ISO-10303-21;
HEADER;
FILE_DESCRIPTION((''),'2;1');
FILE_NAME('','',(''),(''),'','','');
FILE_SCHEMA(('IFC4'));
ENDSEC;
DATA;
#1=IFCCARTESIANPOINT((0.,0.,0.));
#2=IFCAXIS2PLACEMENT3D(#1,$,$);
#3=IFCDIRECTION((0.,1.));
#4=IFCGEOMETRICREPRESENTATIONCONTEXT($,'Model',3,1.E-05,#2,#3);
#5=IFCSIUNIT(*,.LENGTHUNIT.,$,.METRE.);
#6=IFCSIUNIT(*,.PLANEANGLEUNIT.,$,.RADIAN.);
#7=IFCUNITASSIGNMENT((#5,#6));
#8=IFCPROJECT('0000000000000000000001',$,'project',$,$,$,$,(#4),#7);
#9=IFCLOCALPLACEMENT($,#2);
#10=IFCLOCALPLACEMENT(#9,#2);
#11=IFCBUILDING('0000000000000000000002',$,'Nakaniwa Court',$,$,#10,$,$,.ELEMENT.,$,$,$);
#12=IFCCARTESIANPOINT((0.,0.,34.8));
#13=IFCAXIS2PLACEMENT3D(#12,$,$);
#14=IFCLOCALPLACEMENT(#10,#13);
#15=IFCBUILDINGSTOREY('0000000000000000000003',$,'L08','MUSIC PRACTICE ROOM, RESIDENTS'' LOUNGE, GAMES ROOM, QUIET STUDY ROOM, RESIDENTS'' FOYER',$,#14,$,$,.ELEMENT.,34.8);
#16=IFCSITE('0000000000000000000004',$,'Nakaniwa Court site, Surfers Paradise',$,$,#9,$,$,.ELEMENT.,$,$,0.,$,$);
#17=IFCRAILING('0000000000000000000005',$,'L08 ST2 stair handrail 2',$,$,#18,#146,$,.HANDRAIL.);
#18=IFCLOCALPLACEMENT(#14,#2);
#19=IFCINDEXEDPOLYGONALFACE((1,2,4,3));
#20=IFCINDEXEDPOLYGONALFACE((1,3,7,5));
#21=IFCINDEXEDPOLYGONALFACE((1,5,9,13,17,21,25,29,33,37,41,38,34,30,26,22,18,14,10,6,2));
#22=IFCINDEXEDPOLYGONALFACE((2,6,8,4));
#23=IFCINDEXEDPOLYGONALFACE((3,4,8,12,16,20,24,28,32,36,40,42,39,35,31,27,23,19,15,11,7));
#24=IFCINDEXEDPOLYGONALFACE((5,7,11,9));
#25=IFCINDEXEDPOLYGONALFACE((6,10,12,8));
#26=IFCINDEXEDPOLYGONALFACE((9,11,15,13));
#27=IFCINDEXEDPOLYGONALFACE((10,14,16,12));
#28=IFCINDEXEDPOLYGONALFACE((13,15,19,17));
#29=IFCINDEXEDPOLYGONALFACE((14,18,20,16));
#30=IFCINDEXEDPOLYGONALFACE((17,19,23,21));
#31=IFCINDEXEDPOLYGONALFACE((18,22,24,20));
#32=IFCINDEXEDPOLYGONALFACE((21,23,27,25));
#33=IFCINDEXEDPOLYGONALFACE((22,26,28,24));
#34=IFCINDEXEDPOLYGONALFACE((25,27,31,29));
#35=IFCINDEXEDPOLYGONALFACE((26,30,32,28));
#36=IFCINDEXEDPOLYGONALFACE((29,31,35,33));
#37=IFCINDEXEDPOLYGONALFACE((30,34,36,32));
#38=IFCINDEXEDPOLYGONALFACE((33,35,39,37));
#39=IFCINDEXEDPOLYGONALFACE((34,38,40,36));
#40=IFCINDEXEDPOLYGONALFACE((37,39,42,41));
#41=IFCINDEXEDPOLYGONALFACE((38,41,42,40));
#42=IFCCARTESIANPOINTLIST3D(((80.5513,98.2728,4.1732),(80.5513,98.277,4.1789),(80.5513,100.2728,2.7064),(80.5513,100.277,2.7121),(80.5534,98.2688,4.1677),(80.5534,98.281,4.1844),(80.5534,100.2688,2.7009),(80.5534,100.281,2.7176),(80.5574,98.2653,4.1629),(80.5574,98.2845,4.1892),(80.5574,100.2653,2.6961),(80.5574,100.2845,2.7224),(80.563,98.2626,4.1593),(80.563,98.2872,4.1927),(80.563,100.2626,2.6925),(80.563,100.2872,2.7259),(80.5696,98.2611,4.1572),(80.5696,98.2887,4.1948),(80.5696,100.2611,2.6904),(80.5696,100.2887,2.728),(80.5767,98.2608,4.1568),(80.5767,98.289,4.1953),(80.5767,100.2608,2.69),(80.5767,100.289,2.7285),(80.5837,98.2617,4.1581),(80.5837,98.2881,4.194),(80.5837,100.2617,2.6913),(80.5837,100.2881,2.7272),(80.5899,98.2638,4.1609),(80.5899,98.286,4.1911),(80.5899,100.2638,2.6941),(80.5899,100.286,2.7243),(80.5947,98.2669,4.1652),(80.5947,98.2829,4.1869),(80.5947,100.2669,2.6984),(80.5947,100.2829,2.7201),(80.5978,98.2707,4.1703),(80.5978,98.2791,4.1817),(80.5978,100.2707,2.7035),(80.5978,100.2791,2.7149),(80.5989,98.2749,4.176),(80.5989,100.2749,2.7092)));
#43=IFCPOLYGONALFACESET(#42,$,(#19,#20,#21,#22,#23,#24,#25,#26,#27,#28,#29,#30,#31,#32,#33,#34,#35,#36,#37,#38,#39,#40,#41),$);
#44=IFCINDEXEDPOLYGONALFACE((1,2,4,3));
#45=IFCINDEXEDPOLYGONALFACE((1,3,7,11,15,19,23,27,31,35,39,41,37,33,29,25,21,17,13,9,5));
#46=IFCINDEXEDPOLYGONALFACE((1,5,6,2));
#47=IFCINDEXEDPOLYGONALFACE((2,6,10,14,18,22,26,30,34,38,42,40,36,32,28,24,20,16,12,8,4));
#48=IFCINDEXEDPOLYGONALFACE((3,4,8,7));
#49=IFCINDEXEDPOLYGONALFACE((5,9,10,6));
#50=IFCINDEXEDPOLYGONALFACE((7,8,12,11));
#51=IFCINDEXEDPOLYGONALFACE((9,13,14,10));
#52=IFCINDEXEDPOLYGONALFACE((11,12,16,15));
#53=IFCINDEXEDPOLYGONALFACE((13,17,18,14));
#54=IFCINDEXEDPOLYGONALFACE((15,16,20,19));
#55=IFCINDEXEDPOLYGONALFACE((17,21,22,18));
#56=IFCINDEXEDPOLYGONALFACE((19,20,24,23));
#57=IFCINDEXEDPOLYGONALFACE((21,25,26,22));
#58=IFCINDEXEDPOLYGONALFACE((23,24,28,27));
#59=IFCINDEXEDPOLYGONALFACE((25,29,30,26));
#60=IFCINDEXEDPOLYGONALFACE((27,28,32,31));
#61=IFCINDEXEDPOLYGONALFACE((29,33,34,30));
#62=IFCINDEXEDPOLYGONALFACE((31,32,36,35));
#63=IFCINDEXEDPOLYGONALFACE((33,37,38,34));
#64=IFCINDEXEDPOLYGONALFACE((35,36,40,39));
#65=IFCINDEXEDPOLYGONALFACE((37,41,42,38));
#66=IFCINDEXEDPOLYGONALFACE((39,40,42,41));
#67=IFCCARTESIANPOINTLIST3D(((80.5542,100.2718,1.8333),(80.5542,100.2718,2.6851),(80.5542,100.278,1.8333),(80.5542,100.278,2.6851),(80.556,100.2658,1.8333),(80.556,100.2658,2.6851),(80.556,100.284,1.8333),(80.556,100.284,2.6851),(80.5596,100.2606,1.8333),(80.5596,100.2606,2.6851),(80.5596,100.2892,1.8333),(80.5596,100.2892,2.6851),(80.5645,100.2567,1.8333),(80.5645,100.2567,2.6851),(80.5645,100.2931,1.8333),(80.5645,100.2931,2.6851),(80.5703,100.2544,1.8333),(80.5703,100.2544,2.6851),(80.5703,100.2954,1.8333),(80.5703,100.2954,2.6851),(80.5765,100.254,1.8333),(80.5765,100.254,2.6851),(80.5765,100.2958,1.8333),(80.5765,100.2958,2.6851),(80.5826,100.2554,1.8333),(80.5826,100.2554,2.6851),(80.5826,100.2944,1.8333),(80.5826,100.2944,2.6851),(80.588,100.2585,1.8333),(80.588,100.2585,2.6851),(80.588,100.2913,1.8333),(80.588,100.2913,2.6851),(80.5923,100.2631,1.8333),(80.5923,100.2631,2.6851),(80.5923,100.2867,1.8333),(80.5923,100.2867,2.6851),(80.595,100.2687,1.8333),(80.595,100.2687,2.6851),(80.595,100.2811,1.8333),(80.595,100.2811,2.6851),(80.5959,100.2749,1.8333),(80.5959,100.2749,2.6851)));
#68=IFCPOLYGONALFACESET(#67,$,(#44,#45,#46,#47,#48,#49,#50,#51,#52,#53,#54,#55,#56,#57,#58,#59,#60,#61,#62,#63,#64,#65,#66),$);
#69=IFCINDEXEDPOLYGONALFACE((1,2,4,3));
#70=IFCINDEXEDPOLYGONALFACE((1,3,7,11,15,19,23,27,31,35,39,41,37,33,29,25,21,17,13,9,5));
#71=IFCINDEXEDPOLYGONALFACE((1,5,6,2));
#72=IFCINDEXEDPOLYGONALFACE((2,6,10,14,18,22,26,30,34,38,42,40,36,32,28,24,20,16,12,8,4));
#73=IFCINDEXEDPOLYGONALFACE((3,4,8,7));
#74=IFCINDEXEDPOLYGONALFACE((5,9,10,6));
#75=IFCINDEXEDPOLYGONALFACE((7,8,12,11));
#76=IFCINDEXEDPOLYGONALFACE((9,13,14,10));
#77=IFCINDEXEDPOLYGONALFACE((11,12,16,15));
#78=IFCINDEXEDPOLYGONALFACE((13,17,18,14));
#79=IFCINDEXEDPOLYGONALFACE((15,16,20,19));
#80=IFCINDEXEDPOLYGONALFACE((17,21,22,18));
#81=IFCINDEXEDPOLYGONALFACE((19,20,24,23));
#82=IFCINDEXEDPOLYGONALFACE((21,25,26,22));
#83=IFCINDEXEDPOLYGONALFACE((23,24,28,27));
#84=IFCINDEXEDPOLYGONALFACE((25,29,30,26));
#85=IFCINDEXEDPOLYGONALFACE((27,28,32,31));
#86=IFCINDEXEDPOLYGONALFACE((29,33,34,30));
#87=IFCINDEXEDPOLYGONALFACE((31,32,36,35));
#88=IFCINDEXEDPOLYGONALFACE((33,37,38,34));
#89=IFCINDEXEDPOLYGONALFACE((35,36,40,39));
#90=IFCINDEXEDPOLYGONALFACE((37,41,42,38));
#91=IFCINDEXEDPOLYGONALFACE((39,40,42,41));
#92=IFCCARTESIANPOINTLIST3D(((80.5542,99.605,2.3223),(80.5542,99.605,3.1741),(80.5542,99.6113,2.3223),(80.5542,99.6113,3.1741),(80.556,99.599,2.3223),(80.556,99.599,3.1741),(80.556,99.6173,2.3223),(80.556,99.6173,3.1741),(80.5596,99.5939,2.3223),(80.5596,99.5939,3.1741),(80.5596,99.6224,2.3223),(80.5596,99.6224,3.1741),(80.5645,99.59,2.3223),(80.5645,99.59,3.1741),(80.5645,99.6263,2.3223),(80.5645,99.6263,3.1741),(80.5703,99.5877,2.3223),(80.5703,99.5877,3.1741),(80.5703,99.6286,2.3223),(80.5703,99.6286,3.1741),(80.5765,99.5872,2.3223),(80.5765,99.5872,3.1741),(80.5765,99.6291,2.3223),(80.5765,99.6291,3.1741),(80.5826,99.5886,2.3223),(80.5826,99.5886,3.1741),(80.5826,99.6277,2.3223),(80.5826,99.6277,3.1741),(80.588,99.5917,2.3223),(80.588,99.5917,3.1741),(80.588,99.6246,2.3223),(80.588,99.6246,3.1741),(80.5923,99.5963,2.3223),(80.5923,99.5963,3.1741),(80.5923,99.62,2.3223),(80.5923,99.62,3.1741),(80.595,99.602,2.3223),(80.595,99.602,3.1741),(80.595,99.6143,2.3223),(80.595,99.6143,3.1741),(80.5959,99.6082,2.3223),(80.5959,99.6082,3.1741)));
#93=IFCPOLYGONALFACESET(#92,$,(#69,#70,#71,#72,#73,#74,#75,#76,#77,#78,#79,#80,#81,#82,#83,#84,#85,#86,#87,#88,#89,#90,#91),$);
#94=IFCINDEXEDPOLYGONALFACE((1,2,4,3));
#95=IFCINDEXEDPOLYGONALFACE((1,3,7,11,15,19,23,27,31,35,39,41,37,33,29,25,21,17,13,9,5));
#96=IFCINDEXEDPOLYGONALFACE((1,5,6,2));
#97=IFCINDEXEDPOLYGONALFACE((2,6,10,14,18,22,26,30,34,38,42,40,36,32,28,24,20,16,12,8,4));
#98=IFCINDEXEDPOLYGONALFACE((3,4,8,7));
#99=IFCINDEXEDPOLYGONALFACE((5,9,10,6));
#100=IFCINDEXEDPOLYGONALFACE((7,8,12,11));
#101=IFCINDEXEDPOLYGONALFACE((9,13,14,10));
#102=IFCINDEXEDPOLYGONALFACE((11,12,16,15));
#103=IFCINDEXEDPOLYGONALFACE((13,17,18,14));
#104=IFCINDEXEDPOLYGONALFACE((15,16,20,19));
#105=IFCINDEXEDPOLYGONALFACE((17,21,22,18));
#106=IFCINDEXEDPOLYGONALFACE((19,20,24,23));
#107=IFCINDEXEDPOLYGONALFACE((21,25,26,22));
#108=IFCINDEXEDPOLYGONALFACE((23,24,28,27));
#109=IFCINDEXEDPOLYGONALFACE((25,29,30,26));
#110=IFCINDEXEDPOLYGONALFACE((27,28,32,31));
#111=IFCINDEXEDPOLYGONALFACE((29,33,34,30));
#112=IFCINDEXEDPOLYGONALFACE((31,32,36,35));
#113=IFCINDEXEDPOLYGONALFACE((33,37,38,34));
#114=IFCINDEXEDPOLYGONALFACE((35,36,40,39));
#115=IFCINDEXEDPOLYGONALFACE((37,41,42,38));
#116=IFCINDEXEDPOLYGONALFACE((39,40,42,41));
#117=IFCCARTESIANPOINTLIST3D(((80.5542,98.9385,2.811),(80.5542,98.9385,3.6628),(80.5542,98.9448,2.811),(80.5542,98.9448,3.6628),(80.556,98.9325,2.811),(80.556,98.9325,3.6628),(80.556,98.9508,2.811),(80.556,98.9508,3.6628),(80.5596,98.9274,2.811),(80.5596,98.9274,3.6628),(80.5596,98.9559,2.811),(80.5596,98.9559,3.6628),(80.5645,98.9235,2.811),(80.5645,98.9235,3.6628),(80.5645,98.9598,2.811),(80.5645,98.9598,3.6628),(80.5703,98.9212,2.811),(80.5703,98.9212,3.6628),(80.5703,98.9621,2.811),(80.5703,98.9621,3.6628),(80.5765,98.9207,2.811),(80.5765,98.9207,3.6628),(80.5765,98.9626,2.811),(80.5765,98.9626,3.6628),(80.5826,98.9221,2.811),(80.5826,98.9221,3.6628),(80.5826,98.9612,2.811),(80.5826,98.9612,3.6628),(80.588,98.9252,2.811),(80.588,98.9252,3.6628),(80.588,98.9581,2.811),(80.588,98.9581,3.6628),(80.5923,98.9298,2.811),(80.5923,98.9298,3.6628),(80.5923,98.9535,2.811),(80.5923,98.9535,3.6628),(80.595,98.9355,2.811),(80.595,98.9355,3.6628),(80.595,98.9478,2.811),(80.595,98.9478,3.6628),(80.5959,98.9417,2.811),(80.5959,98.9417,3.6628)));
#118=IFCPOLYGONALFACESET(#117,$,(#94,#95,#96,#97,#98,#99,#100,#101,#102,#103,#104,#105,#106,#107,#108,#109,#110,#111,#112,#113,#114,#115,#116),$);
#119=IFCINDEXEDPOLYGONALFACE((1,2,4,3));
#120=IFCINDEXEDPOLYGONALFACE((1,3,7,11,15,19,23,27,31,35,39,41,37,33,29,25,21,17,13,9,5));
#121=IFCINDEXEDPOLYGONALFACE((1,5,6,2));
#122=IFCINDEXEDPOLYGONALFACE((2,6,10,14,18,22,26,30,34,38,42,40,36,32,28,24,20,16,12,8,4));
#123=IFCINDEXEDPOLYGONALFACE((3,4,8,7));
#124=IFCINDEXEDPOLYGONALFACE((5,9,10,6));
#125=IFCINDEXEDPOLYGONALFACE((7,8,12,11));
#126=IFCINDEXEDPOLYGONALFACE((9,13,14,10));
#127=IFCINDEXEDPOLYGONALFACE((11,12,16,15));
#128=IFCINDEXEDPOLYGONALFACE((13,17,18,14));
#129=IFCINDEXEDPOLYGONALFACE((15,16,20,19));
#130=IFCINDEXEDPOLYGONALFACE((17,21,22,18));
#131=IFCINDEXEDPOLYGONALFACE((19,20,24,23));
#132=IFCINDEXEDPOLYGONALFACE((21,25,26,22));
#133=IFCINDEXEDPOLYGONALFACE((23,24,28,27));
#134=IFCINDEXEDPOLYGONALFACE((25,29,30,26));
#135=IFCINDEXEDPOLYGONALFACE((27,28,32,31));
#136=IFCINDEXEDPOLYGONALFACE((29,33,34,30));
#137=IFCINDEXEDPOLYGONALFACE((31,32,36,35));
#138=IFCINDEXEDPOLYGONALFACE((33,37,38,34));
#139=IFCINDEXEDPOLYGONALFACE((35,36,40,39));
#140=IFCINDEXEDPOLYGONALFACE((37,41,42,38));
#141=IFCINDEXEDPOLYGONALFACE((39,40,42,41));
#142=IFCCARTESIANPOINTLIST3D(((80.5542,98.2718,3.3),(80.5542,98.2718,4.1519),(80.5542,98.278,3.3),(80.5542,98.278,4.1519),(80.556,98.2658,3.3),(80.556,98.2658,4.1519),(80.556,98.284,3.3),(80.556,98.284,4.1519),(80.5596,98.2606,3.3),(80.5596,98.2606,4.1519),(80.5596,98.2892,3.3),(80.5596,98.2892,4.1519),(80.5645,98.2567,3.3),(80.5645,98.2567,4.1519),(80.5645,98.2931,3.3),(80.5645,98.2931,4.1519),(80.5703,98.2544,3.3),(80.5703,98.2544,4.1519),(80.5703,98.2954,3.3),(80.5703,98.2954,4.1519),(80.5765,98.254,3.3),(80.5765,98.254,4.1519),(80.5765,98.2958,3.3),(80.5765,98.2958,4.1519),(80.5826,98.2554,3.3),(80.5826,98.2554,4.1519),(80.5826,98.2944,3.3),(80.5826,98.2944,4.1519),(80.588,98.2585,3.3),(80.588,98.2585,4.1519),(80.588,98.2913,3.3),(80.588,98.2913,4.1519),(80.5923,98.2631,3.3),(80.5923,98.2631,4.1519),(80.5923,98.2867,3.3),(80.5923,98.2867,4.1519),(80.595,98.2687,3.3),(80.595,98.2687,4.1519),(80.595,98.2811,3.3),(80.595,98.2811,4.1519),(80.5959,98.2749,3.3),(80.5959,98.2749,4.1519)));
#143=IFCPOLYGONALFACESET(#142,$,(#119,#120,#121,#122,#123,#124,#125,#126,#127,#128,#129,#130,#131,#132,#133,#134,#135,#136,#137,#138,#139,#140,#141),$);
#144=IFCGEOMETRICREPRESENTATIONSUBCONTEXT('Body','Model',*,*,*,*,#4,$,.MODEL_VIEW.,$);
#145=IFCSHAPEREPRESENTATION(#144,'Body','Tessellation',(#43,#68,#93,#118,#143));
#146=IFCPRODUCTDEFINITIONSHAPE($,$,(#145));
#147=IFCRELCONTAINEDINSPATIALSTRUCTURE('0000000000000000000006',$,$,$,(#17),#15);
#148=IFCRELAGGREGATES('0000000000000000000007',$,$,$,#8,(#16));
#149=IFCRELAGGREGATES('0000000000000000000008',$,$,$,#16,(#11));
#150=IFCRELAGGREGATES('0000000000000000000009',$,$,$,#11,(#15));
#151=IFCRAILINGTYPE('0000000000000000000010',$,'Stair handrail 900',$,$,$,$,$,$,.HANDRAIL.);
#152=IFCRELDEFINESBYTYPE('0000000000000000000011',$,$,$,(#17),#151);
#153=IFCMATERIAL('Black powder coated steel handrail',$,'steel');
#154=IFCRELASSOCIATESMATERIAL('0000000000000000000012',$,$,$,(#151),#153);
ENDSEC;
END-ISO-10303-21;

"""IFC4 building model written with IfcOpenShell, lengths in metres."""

from ifc_helpers import new_model, si_unit, direction, frame, origin, origin_2d, place, context, subcontext, project, spatial, circle, extrude, material, type_object, element, save


model = new_model("IFC4")

# Units and contexts
model_context = context("Model", 3, precision=1e-05, world=origin(), true_north=direction((0.0, 1.0)))
body_context = subcontext(model_context, "Body", "Model", "MODEL_VIEW")
ifc_project = project(units=[si_unit("LENGTHUNIT", "METRE"), si_unit("PLANEANGLEUNIT", "RADIAN")], contexts=[model_context])

# Site, building, storey
site_placement = place(None, origin())
site = spatial("IfcSite", under=ifc_project, at=site_placement, Name="Nakaniwa Court site, Surfers Paradise", CompositionType="ELEMENT", RefElevation=0.0)
building_placement = place(site_placement, origin())
building = spatial("IfcBuilding", under=site, at=building_placement, Name="Nakaniwa Court", CompositionType="ELEMENT")
storey_placement = place(building_placement, frame((0.0, 0.0, 34.8)))
storey = spatial("IfcBuildingStorey", under=building, at=storey_placement, Name="L08", Description="MUSIC PRACTICE ROOM, RESIDENTS' LOUNGE, GAMES ROOM, QUIET STUDY ROOM, RESIDENTS' FOYER", CompositionType="ELEMENT", Elevation=34.8)

# Railing
ifc_material_1 = material(Name="Black powder coated steel handrail", Category="steel")
railing_type_1 = type_object("IfcRailingType", Name="Stair handrail 900", PredefinedType="HANDRAIL", material=ifc_material_1)
railing_1_placement = place(storey_placement, frame((80.575, 100.2749, 1.8333)))
element("IfcRailing", 1, at=railing_1_placement, inside=storey, type_object=railing_type_1, Name="L08 ST2 stair handrail 2", PredefinedType="HANDRAIL", context=body_context, shape_type="SweptSolid", body=[
    extrude(circle(Radius=0.0239, at=origin_2d()), frame((0.0, 0.0, 0.876), z_axis=(0.0, -0.80638, 0.591398), x_axis=(1.0, 0.0, 0.0)), (0.0, 0.0, 1.0), 2.4802),
    extrude(circle(Radius=0.021, at=origin_2d()), origin(), (0.0, 0.0, 1.0), 0.8518),
    extrude(circle(Radius=0.021, at=origin_2d()), frame((0.0, -0.6667, 0.489)), (0.0, 0.0, 1.0), 0.8518),
    extrude(circle(Radius=0.021, at=origin_2d()), frame((0.0, -1.3333, 0.9778)), (0.0, 0.0, 1.0), 0.8518),
    extrude(circle(Radius=0.021, at=origin_2d()), frame((0.0, -2.0, 1.4668)), (0.0, 0.0, 1.0), 0.8518),
])

save(model, "model.ifc")
